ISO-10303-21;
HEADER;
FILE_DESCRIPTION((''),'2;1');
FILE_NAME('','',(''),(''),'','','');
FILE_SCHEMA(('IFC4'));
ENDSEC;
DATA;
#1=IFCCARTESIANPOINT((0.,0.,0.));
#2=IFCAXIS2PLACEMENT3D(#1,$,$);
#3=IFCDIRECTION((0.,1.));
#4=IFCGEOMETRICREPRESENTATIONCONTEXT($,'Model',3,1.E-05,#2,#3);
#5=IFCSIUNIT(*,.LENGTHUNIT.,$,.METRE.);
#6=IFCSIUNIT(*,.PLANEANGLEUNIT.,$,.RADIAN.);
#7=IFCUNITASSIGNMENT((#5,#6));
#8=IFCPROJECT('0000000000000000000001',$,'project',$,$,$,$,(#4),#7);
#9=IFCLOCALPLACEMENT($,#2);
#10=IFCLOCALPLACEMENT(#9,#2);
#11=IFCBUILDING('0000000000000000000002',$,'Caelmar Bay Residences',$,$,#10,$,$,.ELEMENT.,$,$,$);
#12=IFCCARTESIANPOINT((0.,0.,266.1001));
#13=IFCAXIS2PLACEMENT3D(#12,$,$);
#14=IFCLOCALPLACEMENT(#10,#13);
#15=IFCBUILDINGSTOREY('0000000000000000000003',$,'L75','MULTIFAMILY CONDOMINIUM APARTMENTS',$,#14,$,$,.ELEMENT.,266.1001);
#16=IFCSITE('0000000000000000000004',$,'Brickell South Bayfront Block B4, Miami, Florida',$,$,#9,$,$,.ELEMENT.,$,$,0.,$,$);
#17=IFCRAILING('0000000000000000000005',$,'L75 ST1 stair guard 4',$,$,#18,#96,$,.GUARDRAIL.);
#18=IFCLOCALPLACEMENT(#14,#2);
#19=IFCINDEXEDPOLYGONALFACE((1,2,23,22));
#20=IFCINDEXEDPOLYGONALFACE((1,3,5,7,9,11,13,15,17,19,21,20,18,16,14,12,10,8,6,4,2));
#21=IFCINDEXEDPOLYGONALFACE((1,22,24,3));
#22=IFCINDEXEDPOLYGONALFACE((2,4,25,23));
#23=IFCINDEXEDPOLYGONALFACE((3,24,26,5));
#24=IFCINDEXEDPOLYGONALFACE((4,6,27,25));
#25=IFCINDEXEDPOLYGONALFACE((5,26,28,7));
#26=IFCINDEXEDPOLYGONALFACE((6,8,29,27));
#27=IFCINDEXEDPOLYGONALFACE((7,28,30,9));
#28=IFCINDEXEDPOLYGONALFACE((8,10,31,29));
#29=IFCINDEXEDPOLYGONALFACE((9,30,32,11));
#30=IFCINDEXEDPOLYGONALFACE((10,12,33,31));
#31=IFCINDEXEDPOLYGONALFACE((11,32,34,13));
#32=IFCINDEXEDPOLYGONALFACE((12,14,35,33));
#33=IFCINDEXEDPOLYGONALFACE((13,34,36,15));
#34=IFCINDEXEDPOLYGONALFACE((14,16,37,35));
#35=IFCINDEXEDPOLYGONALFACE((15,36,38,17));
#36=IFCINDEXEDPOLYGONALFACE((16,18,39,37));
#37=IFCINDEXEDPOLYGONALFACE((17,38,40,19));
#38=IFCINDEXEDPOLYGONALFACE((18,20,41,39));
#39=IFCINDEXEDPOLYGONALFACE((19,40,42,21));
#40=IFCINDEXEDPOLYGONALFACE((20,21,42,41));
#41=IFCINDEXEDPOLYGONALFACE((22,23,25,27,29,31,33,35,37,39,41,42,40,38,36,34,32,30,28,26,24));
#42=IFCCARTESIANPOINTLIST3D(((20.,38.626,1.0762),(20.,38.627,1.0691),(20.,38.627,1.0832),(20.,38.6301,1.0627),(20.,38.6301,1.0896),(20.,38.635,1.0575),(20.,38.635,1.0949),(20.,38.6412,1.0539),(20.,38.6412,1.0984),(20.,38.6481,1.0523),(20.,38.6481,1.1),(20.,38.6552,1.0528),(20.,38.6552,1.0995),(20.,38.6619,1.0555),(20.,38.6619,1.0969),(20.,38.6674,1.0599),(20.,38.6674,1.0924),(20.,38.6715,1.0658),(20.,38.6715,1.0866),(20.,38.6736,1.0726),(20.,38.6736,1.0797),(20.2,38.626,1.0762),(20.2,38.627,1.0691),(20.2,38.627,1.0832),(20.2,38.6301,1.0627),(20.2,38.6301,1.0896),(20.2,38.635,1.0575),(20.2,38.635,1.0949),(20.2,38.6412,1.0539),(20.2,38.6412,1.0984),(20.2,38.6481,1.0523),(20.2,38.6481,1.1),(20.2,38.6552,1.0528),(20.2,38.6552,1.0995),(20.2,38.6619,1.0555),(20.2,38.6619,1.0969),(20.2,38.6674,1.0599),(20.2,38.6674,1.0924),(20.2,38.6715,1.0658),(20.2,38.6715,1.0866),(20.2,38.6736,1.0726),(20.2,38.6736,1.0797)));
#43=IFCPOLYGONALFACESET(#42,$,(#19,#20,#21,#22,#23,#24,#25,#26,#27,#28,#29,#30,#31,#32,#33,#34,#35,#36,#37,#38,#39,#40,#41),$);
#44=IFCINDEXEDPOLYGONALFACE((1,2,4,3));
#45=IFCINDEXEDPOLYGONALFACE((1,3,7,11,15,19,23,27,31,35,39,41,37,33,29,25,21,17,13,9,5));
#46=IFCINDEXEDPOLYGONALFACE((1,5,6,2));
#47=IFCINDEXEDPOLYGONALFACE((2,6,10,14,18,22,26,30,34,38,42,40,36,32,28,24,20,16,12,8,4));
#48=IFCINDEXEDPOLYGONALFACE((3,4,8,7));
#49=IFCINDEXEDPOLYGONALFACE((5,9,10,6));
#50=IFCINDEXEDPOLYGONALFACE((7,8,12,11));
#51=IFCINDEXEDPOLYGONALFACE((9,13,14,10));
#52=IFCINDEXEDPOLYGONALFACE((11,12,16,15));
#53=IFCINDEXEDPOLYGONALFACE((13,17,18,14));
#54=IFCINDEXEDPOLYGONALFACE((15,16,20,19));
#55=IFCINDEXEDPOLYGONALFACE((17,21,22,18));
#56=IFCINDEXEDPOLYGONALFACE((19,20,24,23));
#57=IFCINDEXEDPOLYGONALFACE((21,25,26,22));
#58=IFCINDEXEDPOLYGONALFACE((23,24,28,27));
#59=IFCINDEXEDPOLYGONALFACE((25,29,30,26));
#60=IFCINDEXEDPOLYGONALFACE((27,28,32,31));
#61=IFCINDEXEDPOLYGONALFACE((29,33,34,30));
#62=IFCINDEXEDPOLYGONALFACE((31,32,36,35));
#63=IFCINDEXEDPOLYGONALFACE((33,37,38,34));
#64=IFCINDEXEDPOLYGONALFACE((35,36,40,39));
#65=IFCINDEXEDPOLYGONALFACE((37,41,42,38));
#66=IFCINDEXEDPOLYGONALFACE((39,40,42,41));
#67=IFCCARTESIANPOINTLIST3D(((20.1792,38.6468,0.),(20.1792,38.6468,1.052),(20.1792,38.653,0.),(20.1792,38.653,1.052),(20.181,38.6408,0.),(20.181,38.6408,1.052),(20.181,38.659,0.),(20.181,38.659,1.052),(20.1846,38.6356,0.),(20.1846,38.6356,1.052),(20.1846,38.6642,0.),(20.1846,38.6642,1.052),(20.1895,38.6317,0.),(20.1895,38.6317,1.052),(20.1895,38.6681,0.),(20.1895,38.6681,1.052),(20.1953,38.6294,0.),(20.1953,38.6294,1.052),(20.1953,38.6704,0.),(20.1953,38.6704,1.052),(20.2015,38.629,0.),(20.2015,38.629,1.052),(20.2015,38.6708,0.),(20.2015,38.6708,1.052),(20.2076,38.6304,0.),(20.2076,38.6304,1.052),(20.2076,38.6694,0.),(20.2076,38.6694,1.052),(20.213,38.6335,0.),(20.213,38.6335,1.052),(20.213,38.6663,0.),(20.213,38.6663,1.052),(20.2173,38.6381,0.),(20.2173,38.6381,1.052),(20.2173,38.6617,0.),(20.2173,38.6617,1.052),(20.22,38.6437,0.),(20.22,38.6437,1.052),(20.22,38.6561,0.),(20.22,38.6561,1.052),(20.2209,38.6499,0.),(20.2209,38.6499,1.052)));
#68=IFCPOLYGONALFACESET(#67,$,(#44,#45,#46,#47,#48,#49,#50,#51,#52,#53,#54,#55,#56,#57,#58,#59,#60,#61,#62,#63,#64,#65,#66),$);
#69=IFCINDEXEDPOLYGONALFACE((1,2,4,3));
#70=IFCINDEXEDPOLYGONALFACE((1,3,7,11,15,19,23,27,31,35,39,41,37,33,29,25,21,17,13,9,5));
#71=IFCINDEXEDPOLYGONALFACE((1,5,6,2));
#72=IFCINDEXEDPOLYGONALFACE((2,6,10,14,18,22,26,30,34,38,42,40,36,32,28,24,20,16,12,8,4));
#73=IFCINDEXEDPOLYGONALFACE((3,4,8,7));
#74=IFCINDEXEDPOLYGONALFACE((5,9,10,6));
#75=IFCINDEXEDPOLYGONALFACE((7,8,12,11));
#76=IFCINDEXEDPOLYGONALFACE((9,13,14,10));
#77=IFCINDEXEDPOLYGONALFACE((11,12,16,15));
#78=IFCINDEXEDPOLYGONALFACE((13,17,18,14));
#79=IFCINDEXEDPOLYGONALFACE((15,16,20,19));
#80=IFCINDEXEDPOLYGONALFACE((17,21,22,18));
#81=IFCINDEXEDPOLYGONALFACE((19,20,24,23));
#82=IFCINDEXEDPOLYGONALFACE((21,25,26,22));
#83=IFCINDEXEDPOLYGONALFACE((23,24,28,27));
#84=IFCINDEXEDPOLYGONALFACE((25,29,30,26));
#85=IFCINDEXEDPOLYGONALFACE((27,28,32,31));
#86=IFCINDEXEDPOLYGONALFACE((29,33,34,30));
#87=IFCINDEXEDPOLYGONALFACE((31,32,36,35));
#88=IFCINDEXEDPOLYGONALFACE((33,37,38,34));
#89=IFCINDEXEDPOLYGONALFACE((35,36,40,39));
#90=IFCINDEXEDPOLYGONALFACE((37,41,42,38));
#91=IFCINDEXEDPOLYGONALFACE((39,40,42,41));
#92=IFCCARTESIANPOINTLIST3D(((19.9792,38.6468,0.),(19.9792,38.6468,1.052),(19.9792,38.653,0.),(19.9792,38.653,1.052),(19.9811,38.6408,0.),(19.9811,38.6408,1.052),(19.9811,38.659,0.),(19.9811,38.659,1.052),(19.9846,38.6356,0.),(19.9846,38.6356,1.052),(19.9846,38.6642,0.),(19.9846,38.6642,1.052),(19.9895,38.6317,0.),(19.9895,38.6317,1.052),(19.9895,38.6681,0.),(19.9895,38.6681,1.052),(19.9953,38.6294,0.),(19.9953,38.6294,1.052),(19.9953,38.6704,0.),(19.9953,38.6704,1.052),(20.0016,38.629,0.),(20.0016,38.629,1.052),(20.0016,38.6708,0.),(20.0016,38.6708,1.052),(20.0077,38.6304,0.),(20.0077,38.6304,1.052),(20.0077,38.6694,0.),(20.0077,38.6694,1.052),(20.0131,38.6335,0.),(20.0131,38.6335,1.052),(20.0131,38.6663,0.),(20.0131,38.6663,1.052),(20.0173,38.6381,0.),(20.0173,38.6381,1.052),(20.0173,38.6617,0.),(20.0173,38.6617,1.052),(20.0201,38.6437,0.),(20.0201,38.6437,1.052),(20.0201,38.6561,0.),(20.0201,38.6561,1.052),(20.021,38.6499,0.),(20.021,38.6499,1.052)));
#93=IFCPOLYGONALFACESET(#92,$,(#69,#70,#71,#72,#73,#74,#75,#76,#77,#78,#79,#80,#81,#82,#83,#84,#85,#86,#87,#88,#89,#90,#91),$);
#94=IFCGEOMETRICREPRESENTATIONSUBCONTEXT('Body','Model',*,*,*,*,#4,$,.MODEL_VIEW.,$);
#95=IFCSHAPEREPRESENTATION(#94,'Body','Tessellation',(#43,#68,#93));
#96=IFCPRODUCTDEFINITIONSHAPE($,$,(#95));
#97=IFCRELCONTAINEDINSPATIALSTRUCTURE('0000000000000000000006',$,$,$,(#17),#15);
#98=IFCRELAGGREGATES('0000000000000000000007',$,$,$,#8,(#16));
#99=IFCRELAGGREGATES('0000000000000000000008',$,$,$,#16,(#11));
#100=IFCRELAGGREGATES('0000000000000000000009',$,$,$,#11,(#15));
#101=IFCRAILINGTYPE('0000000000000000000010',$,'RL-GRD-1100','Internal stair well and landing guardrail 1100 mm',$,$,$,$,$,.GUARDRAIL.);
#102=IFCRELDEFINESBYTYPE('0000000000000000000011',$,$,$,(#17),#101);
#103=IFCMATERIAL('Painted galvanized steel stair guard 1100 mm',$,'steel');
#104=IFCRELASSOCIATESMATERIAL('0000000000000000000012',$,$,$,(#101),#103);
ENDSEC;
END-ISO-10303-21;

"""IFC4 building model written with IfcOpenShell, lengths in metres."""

from ifc_helpers import new_model, si_unit, direction, frame, origin, origin_2d, place, context, subcontext, project, spatial, circle, extrude, material, type_object, element, save


model = new_model("IFC4")

# Units and contexts
model_context = context("Model", 3, precision=1e-05, world=origin(), true_north=direction((0.0, 1.0)))
body_context = subcontext(model_context, "Body", "Model", "MODEL_VIEW")
ifc_project = project(units=[si_unit("LENGTHUNIT", "METRE"), si_unit("PLANEANGLEUNIT", "RADIAN")], contexts=[model_context])

# Site, building, storey
site_placement = place(None, origin())
site = spatial("IfcSite", under=ifc_project, at=site_placement, Name="Brickell South Bayfront Block B4, Miami, Florida", CompositionType="ELEMENT", RefElevation=0.0)
building_placement = place(site_placement, origin())
building = spatial("IfcBuilding", under=site, at=building_placement, Name="Caelmar Bay Residences", CompositionType="ELEMENT")
storey_placement = place(building_placement, frame((0.0, 0.0, 266.1001)))
storey = spatial("IfcBuildingStorey", under=building, at=storey_placement, Name="L75", Description="MULTIFAMILY CONDOMINIUM APARTMENTS", CompositionType="ELEMENT", Elevation=266.1001)

# Railing
ifc_material_1 = material(Name="Painted galvanized steel stair guard 1100 mm", Category="steel")
railing_type_1 = type_object("IfcRailingType", Name="RL-GRD-1100", Description="Internal stair well and landing guardrail 1100 mm", PredefinedType="GUARDRAIL", material=ifc_material_1)
railing_1_placement = place(storey_placement, frame((20.2, 38.6499, 0.0)))
element("IfcRailing", 1, at=railing_1_placement, inside=storey, type_object=railing_type_1, Name="L75 ST1 stair guard 4", PredefinedType="GUARDRAIL", context=body_context, shape_type="SweptSolid", body=[
    extrude(circle(Radius=0.0239, at=origin_2d()), frame((0.0, 0.0, 1.0762), z_axis=(-1.0, 0.0, 0.0), x_axis=(0.0, -1.0, 0.0)), (0.0, 0.0, 1.0), 0.2),
    extrude(circle(Radius=0.021, at=origin_2d()), origin(), (0.0, 0.0, 1.0), 1.052),
    extrude(circle(Radius=0.021, at=origin_2d()), frame((-0.2, 0.0, 0.0)), (0.0, 0.0, 1.0), 1.052),
])

save(model, "model.ifc")
